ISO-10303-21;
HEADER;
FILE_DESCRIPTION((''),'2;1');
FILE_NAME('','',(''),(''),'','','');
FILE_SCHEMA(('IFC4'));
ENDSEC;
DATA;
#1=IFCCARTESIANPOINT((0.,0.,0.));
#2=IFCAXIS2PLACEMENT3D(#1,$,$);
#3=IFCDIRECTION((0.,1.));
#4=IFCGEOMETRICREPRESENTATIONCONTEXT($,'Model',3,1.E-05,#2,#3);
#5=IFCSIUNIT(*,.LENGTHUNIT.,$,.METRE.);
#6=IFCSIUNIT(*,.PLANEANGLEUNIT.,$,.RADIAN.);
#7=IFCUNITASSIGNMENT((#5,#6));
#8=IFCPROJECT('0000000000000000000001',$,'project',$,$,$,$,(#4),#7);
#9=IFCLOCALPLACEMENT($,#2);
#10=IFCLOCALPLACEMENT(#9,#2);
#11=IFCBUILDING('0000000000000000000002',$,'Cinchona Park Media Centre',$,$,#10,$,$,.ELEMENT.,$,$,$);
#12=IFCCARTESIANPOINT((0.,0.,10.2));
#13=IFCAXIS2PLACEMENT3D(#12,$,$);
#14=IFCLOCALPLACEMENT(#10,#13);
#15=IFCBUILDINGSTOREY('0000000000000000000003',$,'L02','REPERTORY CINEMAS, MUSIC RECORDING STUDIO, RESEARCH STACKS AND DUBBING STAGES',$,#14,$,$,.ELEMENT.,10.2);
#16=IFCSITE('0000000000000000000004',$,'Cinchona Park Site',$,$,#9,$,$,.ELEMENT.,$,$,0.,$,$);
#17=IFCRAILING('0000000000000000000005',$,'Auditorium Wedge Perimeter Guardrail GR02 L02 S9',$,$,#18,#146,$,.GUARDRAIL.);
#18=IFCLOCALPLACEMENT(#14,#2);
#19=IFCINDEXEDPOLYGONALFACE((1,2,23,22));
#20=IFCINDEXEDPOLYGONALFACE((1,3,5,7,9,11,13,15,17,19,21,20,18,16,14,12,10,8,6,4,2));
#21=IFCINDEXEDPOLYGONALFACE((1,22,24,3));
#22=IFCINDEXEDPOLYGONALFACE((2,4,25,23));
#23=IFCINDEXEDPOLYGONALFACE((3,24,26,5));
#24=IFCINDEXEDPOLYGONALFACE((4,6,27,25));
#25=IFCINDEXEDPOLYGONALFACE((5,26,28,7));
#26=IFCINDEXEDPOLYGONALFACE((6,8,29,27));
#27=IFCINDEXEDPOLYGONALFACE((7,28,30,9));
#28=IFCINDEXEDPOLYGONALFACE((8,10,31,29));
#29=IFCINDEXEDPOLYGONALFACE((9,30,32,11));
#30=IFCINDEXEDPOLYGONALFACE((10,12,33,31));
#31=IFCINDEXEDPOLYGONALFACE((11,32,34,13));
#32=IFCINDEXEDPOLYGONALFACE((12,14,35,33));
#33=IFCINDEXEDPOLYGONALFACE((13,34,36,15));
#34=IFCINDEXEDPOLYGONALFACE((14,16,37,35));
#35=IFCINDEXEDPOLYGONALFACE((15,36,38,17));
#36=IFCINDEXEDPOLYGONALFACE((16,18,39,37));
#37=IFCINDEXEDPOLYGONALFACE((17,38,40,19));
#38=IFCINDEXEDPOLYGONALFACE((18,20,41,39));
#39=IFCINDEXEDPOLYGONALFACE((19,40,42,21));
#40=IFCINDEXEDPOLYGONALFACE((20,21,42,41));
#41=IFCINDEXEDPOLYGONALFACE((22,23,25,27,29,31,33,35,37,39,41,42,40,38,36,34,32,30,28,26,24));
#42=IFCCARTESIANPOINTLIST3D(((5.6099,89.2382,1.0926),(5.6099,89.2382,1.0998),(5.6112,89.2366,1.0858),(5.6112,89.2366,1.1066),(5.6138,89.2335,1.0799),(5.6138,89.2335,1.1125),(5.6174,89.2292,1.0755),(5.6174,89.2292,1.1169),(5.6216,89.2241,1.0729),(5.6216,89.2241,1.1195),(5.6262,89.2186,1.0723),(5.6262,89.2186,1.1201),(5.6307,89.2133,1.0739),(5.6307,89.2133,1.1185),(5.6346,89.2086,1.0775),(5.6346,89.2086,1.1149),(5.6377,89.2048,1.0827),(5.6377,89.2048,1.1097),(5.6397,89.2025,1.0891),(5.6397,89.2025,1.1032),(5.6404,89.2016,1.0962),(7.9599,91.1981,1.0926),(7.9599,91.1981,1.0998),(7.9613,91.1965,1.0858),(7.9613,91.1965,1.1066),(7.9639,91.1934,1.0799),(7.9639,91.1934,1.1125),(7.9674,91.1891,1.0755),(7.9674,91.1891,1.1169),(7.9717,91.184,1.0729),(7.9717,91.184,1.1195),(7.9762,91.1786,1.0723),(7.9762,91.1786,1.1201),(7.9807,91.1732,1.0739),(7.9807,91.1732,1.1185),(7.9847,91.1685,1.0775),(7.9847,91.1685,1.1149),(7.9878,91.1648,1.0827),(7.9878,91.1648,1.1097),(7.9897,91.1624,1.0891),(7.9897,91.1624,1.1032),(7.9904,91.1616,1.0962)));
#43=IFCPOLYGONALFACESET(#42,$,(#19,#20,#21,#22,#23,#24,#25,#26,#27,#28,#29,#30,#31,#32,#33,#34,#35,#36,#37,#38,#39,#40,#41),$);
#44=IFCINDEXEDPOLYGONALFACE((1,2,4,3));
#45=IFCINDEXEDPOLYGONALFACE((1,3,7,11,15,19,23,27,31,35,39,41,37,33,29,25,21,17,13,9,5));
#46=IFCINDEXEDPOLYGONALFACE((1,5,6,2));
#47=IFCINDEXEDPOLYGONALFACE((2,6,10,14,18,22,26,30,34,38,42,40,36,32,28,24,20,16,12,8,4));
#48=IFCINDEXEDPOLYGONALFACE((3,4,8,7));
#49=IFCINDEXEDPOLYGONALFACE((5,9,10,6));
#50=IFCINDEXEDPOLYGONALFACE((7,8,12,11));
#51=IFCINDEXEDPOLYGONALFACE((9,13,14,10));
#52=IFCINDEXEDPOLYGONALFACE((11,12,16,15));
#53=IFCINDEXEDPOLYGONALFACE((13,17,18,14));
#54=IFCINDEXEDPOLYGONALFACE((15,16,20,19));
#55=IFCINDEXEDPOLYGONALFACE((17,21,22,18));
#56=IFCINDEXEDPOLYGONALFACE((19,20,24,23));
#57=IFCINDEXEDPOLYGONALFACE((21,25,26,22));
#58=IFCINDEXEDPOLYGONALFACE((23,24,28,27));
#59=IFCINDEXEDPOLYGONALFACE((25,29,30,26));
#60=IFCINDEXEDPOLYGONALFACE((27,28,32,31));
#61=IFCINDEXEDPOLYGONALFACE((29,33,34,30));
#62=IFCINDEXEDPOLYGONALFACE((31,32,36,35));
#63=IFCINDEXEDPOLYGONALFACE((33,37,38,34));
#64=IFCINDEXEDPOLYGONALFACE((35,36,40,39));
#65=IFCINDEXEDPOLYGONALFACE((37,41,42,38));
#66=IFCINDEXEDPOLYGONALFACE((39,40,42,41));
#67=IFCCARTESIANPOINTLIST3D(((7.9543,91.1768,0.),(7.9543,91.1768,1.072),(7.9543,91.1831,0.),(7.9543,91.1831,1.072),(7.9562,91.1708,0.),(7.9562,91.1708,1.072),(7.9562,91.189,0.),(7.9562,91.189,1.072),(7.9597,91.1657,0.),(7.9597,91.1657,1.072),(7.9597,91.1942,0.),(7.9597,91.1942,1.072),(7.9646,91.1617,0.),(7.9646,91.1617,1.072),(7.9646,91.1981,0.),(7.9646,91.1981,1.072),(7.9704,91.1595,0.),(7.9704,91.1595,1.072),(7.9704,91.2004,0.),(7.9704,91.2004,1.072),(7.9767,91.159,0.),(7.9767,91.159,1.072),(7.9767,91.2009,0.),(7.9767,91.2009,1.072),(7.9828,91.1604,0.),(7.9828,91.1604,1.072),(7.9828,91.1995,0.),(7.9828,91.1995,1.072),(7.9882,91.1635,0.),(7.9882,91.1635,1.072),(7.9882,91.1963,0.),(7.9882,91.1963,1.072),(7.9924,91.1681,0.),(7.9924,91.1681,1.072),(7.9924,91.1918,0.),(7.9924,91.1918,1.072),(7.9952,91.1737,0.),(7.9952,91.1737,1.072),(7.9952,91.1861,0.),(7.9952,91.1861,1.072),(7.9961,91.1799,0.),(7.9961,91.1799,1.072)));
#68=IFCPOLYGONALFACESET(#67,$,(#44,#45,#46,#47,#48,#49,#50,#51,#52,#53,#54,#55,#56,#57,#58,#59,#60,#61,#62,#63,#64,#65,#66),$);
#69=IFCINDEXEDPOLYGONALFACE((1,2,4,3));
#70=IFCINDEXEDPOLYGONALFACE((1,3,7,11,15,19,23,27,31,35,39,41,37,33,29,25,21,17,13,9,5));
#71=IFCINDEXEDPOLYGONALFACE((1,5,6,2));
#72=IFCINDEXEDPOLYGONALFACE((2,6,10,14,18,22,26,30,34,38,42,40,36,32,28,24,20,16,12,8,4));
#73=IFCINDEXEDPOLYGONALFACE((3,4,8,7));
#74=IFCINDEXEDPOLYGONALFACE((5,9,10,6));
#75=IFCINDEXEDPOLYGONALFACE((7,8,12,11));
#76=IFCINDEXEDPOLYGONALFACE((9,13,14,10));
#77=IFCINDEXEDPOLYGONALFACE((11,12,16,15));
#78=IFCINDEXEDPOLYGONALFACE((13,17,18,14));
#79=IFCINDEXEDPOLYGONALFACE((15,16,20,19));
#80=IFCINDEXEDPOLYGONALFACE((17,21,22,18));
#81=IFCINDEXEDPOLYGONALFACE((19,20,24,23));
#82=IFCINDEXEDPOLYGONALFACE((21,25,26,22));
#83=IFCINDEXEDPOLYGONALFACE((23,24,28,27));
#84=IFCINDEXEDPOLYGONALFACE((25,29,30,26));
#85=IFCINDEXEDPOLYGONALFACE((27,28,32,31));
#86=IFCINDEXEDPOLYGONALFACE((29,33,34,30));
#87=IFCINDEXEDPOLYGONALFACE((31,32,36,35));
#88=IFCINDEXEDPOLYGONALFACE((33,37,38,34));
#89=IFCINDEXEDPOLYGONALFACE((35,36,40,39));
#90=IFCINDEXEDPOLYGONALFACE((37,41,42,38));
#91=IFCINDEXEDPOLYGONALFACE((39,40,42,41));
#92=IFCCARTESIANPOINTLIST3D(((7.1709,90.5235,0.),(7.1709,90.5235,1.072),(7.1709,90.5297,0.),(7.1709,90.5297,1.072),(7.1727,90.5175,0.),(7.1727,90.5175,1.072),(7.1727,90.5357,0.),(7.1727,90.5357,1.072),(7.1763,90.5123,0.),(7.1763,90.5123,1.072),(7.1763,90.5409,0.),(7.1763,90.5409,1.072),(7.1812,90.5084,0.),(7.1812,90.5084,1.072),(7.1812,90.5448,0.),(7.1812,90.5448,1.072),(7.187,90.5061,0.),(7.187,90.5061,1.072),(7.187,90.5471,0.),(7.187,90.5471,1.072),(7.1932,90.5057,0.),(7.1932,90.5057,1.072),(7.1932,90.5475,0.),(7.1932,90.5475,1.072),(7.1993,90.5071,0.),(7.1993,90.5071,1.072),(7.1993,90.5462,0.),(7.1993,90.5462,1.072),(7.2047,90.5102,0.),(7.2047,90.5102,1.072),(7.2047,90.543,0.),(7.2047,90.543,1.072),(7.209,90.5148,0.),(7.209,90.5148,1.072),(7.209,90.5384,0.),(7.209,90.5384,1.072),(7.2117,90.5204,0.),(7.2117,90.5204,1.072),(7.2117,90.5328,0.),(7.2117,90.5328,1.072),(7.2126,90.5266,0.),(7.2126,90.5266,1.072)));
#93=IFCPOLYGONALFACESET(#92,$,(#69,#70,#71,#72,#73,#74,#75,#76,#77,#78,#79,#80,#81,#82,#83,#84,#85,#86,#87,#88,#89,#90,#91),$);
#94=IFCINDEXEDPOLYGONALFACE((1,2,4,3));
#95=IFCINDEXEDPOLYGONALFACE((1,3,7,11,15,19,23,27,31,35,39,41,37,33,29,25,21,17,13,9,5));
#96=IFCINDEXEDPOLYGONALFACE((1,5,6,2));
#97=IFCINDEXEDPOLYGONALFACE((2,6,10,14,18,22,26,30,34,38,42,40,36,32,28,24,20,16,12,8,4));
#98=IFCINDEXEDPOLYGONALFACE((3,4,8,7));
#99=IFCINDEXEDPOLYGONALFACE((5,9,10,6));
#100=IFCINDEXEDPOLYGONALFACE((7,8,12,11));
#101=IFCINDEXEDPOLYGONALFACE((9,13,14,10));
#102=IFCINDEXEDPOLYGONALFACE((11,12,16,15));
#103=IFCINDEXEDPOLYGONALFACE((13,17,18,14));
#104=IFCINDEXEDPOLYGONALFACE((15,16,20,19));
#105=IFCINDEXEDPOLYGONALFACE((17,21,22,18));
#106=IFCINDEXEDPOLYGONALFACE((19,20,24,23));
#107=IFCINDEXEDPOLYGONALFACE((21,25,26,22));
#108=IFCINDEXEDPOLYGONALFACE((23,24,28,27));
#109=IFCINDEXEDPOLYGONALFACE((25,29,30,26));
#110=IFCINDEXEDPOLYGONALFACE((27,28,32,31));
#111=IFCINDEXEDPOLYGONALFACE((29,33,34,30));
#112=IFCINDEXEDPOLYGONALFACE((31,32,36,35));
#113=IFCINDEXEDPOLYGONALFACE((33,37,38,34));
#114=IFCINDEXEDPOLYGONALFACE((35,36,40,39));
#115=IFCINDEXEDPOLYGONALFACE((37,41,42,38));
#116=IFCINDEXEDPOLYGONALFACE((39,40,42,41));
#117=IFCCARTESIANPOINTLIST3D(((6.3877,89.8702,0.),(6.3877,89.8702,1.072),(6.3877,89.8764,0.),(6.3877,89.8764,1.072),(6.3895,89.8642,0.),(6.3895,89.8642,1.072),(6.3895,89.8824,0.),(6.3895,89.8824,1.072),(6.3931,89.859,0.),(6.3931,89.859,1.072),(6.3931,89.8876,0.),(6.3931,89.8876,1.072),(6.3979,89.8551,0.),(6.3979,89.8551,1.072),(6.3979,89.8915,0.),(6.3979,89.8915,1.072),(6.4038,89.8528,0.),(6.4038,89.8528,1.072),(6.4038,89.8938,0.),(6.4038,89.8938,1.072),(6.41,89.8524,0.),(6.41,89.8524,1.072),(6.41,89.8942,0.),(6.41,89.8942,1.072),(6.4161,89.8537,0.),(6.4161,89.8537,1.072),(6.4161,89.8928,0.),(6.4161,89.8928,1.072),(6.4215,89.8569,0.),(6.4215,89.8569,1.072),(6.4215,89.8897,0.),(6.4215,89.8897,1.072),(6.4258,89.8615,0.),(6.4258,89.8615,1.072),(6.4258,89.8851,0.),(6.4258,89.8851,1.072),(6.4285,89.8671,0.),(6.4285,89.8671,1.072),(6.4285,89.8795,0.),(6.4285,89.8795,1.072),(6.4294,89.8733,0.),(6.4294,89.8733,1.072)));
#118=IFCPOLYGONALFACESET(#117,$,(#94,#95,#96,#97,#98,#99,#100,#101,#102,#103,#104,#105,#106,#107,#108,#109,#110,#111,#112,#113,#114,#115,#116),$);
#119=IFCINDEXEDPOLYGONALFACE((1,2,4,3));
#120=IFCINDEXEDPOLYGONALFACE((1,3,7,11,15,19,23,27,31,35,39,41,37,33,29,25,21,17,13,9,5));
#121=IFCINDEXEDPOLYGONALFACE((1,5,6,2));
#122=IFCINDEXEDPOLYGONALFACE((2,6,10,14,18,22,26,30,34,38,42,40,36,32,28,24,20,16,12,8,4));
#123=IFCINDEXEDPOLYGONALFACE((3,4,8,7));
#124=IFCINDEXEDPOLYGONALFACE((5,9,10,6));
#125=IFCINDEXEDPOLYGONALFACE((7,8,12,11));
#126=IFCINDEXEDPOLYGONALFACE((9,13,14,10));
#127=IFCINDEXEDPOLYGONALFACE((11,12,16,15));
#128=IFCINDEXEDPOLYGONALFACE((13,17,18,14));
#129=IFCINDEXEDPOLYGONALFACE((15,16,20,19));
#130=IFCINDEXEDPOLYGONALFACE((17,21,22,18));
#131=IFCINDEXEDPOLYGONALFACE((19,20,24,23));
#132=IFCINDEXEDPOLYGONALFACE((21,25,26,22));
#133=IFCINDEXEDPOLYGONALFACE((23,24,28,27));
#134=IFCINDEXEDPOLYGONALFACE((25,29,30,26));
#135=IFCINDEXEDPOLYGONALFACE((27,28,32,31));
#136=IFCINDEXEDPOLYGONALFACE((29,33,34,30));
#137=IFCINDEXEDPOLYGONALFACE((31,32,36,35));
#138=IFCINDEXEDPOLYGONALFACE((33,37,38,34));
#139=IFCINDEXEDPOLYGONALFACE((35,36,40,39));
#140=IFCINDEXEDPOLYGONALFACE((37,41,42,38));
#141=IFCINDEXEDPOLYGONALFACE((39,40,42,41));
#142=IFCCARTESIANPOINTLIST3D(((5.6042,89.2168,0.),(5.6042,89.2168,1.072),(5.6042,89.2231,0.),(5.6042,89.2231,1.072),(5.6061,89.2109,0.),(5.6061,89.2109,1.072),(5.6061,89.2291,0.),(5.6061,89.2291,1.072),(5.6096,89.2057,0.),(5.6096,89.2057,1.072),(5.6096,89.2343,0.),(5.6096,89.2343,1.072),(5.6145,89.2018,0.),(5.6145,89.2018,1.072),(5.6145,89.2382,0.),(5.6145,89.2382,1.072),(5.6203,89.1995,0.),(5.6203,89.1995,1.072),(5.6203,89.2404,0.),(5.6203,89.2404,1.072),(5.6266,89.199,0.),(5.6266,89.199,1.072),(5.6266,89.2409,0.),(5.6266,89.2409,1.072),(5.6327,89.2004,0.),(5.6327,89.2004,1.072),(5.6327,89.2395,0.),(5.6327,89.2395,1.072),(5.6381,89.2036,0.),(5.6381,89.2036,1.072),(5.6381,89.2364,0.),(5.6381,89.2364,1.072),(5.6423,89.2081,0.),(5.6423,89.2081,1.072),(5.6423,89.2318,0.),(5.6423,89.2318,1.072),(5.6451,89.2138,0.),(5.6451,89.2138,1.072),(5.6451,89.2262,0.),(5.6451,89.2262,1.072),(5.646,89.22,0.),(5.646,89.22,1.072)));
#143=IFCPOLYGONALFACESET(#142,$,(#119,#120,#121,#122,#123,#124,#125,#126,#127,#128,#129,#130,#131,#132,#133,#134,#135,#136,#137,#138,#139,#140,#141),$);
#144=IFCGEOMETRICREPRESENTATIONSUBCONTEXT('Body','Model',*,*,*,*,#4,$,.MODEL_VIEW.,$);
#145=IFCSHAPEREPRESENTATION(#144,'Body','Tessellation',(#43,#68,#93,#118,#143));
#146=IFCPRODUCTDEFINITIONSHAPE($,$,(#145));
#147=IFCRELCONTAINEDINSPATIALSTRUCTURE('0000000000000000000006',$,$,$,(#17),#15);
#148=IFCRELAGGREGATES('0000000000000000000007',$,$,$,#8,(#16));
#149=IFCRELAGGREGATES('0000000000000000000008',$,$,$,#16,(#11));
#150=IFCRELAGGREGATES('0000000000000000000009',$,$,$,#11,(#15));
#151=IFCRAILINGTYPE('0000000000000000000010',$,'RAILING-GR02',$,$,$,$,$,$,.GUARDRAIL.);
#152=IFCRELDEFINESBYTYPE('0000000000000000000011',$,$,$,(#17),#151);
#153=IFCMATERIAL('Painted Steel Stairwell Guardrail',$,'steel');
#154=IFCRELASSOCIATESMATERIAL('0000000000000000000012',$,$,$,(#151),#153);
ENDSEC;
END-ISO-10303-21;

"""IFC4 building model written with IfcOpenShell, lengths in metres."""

from ifc_helpers import new_model, si_unit, direction, frame, origin, origin_2d, place, context, subcontext, project, spatial, circle, extrude, material, type_object, element, save


model = new_model("IFC4")

# Units and contexts
model_context = context("Model", 3, precision=1e-05, world=origin(), true_north=direction((0.0, 1.0)))
body_context = subcontext(model_context, "Body", "Model", "MODEL_VIEW")
ifc_project = project(units=[si_unit("LENGTHUNIT", "METRE"), si_unit("PLANEANGLEUNIT", "RADIAN")], contexts=[model_context])

# Site, building, storey
site_placement = place(None, origin())
site = spatial("IfcSite", under=ifc_project, at=site_placement, Name="Cinchona Park Site", CompositionType="ELEMENT", RefElevation=0.0)
building_placement = place(site_placement, origin())
building = spatial("IfcBuilding", under=site, at=building_placement, Name="Cinchona Park Media Centre", CompositionType="ELEMENT")
storey_placement = place(building_placement, frame((0.0, 0.0, 10.2)))
storey = spatial("IfcBuildingStorey", under=building, at=storey_placement, Name="L02", Description="REPERTORY CINEMAS, MUSIC RECORDING STUDIO, RESEARCH STACKS AND DUBBING STAGES", CompositionType="ELEMENT", Elevation=10.2)

# Railing
ifc_material_1 = material(Name="Painted Steel Stairwell Guardrail", Category="steel")
railing_type = type_object("IfcRailingType", Name="RAILING-GR02", PredefinedType="GUARDRAIL", material=ifc_material_1)
railing_1_placement = place(storey_placement, frame((7.9751, 91.1799, 0.0)))
element("IfcRailing", 1, at=railing_1_placement, inside=storey, type_object=railing_type, Name="Auditorium Wedge Perimeter Guardrail GR02 L02 S9", PredefinedType="GUARDRAIL", context=body_context, shape_type="SweptSolid", body=[
    extrude(circle(Radius=0.0239, at=origin_2d()), frame((0.0, 0.0, 1.0962), z_axis=(-0.767973, -0.640483, 0.0), x_axis=(0.640483, -0.767973, 0.0)), (0.0, 0.0, 1.0), 3.0601),
    extrude(circle(Radius=0.021, at=origin_2d()), origin(), (0.0, 0.0, 1.0), 1.072),
    extrude(circle(Radius=0.021, at=origin_2d()), frame((-0.7834, -0.6533, 0.0)), (0.0, 0.0, 1.0), 1.072),
    extrude(circle(Radius=0.021, at=origin_2d()), frame((-1.5667, -1.3066, 0.0)), (0.0, 0.0, 1.0), 1.072),
    extrude(circle(Radius=0.021, at=origin_2d()), frame((-2.3501, -1.96, 0.0)), (0.0, 0.0, 1.0), 1.072),
])

save(model, "model.ifc")
